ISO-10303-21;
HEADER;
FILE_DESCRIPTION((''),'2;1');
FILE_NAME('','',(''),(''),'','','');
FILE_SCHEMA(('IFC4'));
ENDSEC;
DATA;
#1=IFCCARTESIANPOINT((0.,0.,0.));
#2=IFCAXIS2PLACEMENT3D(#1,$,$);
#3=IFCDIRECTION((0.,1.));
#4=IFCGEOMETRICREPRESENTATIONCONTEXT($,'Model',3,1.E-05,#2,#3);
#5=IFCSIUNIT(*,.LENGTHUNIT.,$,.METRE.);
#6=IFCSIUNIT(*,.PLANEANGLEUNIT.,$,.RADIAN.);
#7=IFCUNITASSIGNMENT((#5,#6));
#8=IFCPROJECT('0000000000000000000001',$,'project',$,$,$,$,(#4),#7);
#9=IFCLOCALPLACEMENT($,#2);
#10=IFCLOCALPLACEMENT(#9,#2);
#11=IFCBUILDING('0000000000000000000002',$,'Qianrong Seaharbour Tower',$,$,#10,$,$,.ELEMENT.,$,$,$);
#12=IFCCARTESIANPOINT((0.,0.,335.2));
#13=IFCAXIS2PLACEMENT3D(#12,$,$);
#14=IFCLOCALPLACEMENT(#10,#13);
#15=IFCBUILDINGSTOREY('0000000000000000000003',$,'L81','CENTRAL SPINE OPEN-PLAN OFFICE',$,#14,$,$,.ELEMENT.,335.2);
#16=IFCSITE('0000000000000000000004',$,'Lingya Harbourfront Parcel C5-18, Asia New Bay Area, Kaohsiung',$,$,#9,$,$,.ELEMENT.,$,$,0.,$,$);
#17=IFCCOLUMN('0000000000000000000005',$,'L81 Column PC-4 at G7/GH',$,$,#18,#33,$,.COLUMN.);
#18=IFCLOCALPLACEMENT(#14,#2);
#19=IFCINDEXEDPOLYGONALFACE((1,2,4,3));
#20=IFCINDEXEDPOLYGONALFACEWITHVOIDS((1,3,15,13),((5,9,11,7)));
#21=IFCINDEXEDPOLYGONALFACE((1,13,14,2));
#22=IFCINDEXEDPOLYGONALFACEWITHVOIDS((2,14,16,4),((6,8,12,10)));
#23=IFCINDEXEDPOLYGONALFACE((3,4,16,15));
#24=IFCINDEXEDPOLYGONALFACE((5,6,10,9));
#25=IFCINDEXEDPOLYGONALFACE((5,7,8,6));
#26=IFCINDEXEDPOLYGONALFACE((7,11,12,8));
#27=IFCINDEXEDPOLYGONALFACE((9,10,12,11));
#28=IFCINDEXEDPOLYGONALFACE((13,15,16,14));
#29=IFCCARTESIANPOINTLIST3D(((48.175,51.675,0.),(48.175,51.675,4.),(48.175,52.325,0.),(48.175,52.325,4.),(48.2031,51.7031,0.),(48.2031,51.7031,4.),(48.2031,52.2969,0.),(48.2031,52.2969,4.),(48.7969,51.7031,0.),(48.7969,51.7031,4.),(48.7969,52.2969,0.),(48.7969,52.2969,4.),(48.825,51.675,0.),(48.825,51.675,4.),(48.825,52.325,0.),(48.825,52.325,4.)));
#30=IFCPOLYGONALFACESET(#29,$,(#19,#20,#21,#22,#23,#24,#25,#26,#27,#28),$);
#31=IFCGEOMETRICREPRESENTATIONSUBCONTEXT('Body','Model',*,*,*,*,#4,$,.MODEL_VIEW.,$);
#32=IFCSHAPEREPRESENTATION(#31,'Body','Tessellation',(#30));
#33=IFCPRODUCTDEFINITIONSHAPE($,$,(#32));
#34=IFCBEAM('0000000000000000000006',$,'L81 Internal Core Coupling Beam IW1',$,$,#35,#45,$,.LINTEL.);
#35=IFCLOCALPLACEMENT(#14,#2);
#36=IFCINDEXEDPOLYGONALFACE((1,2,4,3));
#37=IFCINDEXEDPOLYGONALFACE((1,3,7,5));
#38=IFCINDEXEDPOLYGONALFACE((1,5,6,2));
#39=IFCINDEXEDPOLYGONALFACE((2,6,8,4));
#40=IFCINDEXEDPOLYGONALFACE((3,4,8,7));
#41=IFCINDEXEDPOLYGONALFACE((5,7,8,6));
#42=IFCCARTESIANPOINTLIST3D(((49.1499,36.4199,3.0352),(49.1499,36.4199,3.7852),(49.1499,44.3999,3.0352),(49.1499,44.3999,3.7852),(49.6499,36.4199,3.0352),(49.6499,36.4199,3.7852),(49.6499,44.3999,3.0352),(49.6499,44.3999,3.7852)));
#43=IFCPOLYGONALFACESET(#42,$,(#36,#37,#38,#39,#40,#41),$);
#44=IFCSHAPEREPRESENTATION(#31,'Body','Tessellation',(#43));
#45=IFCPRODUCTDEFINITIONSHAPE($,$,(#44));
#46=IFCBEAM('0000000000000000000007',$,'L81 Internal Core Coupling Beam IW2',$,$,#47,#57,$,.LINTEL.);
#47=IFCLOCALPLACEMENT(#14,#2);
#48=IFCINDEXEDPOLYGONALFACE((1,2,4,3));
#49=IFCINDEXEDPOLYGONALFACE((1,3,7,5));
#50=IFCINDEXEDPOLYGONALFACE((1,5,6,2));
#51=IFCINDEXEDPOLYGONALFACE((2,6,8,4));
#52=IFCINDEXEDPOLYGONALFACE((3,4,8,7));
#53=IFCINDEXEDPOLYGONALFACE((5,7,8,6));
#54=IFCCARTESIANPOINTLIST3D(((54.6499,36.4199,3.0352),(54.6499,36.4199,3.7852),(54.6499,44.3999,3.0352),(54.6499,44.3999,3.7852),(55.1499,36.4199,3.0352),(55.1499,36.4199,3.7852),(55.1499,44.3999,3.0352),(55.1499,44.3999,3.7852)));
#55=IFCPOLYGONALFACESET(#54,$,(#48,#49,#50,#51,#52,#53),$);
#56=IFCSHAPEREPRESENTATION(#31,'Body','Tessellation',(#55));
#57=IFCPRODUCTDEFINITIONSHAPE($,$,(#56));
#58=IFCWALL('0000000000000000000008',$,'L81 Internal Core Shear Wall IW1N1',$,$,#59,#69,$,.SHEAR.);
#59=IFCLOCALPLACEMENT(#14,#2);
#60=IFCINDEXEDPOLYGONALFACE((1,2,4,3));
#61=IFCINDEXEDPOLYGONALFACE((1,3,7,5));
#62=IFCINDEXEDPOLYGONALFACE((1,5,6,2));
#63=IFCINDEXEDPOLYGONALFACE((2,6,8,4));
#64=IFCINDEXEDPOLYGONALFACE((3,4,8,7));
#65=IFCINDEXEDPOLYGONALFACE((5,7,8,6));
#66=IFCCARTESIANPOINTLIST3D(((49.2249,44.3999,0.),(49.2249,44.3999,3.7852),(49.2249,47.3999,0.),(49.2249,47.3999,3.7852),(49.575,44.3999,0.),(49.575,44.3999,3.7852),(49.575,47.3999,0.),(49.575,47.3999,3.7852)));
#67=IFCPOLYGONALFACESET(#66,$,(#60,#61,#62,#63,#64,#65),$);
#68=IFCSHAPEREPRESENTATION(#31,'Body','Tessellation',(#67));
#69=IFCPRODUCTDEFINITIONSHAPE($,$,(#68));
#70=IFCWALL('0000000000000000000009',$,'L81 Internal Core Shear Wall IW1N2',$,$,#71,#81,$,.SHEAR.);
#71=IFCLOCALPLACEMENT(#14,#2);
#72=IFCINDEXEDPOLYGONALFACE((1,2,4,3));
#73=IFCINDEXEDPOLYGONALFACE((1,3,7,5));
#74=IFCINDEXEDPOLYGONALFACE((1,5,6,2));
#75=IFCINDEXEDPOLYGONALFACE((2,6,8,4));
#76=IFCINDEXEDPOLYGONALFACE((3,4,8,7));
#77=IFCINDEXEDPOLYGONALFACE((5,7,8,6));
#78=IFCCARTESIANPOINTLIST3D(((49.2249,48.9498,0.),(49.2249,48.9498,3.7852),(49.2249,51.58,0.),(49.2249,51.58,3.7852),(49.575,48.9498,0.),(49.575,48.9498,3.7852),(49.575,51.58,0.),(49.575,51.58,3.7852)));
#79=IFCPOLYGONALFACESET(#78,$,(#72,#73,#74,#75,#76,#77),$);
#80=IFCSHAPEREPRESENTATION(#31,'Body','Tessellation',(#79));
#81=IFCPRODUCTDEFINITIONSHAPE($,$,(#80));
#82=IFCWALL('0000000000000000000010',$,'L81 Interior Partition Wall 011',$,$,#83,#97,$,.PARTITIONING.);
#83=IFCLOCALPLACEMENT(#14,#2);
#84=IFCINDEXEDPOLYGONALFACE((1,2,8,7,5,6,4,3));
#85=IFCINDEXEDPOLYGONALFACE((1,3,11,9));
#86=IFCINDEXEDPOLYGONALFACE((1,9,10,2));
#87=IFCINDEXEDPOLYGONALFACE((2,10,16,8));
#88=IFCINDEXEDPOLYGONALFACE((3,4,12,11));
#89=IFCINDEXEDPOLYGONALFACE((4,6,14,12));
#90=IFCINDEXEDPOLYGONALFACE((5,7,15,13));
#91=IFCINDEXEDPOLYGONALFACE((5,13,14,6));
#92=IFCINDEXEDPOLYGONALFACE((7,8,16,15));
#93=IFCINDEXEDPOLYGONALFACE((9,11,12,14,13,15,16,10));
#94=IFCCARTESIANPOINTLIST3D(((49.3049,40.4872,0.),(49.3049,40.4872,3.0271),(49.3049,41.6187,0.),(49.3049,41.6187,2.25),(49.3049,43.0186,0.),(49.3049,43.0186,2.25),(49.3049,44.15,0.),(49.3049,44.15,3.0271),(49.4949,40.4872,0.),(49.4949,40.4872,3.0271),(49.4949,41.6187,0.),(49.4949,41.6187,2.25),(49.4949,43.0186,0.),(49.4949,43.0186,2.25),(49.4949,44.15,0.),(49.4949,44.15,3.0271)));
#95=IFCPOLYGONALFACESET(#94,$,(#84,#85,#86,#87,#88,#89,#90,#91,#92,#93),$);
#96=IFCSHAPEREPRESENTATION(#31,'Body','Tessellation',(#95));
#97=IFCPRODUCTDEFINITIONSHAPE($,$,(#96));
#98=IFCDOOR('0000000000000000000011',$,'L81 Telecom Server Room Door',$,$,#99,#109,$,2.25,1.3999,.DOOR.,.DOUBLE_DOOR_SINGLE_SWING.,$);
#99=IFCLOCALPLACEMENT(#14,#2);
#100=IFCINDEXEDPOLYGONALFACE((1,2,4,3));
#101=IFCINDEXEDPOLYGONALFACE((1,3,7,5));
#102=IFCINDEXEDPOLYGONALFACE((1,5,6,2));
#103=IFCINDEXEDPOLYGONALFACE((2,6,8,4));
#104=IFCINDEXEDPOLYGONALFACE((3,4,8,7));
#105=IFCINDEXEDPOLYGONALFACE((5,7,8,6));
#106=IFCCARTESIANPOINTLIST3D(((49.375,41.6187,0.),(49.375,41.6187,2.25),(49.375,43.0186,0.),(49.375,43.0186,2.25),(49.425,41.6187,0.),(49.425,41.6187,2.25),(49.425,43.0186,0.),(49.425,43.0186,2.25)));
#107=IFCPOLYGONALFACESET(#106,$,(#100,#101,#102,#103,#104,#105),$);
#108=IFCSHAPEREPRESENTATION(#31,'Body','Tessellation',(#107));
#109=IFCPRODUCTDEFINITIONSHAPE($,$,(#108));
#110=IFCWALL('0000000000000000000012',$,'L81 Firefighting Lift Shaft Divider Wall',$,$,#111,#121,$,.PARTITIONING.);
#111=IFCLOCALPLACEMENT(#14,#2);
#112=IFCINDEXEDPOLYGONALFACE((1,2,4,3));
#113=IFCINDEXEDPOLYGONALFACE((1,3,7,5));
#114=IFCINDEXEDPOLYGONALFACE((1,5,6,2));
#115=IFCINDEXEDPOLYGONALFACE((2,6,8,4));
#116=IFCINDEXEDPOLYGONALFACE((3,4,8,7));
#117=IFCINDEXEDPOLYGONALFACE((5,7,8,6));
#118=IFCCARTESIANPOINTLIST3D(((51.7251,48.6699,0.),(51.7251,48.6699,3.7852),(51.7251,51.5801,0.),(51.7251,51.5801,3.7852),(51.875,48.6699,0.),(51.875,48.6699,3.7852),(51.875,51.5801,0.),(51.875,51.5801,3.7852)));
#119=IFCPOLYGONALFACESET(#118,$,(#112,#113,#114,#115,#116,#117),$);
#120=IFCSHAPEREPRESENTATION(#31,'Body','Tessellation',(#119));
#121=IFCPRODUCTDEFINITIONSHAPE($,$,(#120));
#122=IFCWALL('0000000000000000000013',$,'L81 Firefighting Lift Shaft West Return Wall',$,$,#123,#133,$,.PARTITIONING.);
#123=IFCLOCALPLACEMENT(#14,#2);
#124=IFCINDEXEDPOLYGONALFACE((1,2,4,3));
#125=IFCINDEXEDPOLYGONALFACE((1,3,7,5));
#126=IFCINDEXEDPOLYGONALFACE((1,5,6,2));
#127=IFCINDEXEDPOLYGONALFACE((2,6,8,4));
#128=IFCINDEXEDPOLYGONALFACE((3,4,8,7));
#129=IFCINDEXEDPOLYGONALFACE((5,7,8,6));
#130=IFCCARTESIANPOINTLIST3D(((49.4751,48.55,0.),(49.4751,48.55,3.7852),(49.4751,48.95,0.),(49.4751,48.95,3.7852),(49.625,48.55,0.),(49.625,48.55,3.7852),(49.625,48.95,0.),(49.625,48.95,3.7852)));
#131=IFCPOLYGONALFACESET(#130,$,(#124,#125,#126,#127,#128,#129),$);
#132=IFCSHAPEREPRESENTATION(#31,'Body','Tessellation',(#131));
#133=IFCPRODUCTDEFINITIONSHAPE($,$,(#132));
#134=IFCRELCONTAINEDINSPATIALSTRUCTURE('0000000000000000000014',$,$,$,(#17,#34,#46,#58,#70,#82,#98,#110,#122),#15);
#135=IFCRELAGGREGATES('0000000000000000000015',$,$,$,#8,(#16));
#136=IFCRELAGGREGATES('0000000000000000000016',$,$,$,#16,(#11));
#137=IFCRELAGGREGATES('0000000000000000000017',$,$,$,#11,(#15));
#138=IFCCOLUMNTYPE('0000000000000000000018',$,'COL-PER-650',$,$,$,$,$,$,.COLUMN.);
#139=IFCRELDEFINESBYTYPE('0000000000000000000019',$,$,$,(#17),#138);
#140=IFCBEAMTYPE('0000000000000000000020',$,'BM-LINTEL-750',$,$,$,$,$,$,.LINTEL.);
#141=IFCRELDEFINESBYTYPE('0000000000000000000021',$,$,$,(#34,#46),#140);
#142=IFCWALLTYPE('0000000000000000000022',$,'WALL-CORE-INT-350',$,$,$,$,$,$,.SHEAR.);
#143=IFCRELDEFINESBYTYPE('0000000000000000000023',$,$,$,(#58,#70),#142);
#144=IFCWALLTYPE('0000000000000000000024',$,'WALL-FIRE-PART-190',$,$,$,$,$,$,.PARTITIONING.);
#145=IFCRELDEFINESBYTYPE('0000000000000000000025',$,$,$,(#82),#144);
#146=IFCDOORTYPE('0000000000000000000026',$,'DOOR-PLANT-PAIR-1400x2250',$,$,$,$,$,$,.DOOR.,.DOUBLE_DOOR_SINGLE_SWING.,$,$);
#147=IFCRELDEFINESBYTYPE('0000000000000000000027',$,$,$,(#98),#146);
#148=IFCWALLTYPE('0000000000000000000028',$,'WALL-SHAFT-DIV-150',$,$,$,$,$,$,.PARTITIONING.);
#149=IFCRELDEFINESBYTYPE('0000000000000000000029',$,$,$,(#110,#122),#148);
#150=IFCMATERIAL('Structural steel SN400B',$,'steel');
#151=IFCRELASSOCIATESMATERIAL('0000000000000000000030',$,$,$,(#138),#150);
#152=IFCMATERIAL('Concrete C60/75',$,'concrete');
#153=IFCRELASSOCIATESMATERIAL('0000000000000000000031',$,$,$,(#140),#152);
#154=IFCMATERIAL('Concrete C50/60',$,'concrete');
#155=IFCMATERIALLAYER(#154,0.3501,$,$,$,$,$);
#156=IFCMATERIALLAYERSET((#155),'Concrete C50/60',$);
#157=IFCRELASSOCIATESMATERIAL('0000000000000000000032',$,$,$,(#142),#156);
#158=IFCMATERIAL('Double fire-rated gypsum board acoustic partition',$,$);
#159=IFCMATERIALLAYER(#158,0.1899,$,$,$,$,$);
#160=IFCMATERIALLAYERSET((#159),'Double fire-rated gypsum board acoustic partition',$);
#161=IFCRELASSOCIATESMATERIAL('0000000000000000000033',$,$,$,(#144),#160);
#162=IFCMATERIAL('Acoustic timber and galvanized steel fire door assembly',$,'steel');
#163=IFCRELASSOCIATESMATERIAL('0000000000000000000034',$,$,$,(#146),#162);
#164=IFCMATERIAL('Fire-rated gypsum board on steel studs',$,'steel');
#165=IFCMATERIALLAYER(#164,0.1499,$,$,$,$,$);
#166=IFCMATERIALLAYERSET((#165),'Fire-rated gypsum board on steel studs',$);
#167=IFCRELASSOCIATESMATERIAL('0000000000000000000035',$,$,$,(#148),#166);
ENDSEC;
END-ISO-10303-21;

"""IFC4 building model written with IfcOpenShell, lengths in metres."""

from ifc_helpers import new_model, si_unit, direction, frame, frame_2d, origin, origin_2d, place, context, subcontext, project, spatial, rectangle, hollow_rectangle, extrude, material, layer, layer_set, material_profile, profile_set, type_object, element, fill, save


model = new_model("IFC4")

# Units and contexts
model_context = context("Model", 3, precision=1e-05, world=origin(), true_north=direction((0.0, 1.0)))
body_context = subcontext(model_context, "Body", "Model", "MODEL_VIEW")
ifc_project = project(units=[si_unit("LENGTHUNIT", "METRE"), si_unit("PLANEANGLEUNIT", "RADIAN")], contexts=[model_context])

# Site, building, storey
site_placement = place(None, origin())
site = spatial("IfcSite", under=ifc_project, at=site_placement, Name="Lingya Harbourfront Parcel C5-18, Asia New Bay Area, Kaohsiung", CompositionType="ELEMENT", RefElevation=0.0)
building_placement = place(site_placement, origin())
building = spatial("IfcBuilding", under=site, at=building_placement, Name="Qianrong Seaharbour Tower", CompositionType="ELEMENT")
storey_placement = place(building_placement, frame((0.0, 0.0, 335.2)))
storey = spatial("IfcBuildingStorey", under=building, at=storey_placement, Name="L81", Description="CENTRAL SPINE OPEN-PLAN OFFICE", CompositionType="ELEMENT", Elevation=335.2)

# Column
ifc_material_1 = material(Name="Structural steel SN400B", Category="steel")
ifc_material_profile_1 = material_profile(ifc_material_1, hollow_rectangle(XDim=0.6499, YDim=0.6499, WallThickness=0.0281, at=origin_2d()), Name="BOX650x650x28")
ifc_profile_set_1 = profile_set([ifc_material_profile_1], Name="Structural steel SN400B")
column_type = type_object("IfcColumnType", Name="COL-PER-650", PredefinedType="COLUMN", material=ifc_profile_set_1)
column_placement = place(storey_placement, frame((48.5, 52.0, 0.0), z_axis=(0.0, 0.0, 1.0), x_axis=(1.0, 0.0, 0.0)))
element("IfcColumn", 1, at=column_placement, inside=storey, type_object=column_type, Name="L81 Column PC-4 at G7/GH", PredefinedType="COLUMN", context=body_context, shape_type="SweptSolid", body=[
    extrude(hollow_rectangle(XDim=0.6499, YDim=0.6499, WallThickness=0.0281, at=origin_2d()), origin(), (0.0, 0.0, 1.0), 4.0),
])

# Beams
ifc_material_2 = material(Name="Concrete C60/75", Category="concrete")
ifc_material_profile_2 = material_profile(ifc_material_2, rectangle(XDim=0.5, YDim=0.75, at=origin_2d()), Name="RC500x750")
ifc_profile_set_2 = profile_set([ifc_material_profile_2], Name="Concrete C60/75")
beam_type = type_object("IfcBeamType", Name="BM-LINTEL-750", PredefinedType="LINTEL", material=ifc_profile_set_2)
for number, where, z_axis, x_axis, name in (
    (2, (49.3999, 36.4199, 3.4102), (0.0, 1.0, 0.0), (-1.0, 0.0, 0.0), "L81 Internal Core Coupling Beam IW1"),
    (3, (54.8999, 36.4199, 3.4102), (0.0, 1.0, 0.0), (-1.0, 0.0, 0.0), "L81 Internal Core Coupling Beam IW2"),
):
    element("IfcBeam", number, at=place(storey_placement, frame(where, z_axis=z_axis, x_axis=x_axis)), inside=storey, type_object=beam_type, Name=name, PredefinedType="LINTEL", context=body_context, shape_type="SweptSolid", body=[
        extrude(rectangle(XDim=0.5, YDim=0.75, at=origin_2d()), origin(), (0.0, 0.0, 1.0), 7.98),
    ])

# Walls
ifc_material_3 = material(Name="Concrete C50/60", Category="concrete")
ifc_layer_1 = layer(ifc_material_3, 0.3501)
ifc_layer_set_1 = layer_set([ifc_layer_1], Name="Concrete C50/60")
wall_type_1 = type_object("IfcWallType", Name="WALL-CORE-INT-350", PredefinedType="SHEAR", material=ifc_layer_set_1)
wall_1_placement = place(storey_placement, frame((49.3999, 44.3999, 0.0), z_axis=(0.0, 0.0, 1.0), x_axis=(0.0, 1.0, 0.0)))
element("IfcWall", 4, at=wall_1_placement, inside=storey, type_object=wall_type_1, Name="L81 Internal Core Shear Wall IW1N1", PredefinedType="SHEAR", context=body_context, shape_type="SweptSolid", body=[
    extrude(rectangle(XDim=3.0, YDim=0.3501, at=frame_2d((1.5, 0.0))), origin(), (0.0, 0.0, 1.0), 3.7852),
])
wall_2_placement = place(storey_placement, frame((49.3999, 48.95, 0.0), z_axis=(0.0, 0.0, 1.0), x_axis=(0.0, 1.0, 0.0)))
element("IfcWall", 5, at=wall_2_placement, inside=storey, type_object=wall_type_1, Name="L81 Internal Core Shear Wall IW1N2", PredefinedType="SHEAR", context=body_context, shape_type="SweptSolid", body=[
    extrude(rectangle(XDim=2.6301, YDim=0.3501, at=frame_2d((1.3149, 0.0))), origin(), (0.0, 0.0, 1.0), 3.7852),
])

# Wall, opening, door
ifc_material_4 = material(Name="Acoustic timber and galvanized steel fire door assembly", Category="steel")
ifc_material_5 = material(Name="Double fire-rated gypsum board acoustic partition")
ifc_layer_2 = layer(ifc_material_5, 0.1899)
ifc_layer_set_2 = layer_set([ifc_layer_2], Name="Double fire-rated gypsum board acoustic partition")
wall_type_2 = type_object("IfcWallType", Name="WALL-FIRE-PART-190", PredefinedType="PARTITIONING", material=ifc_layer_set_2)
wall_3_placement = place(storey_placement, frame((49.3999, 40.4871, 0.0), z_axis=(0.0, 0.0, 1.0), x_axis=(0.0, 1.0, 0.0)))
wall_3 = element("IfcWall", 6, at=wall_3_placement, inside=storey, type_object=wall_type_2, Name="L81 Interior Partition Wall 011", PredefinedType="PARTITIONING", context=body_context, shape_type="SweptSolid", body=[
    extrude(rectangle(XDim=3.6628, YDim=0.1899, at=frame_2d((1.8315, 0.0))), origin(), (0.0, 0.0, 1.0), 3.0271),
])
opening_1_placement = place(wall_3_placement, frame((1.1316, 0.0, 0.0)))
opening_1 = element("IfcOpeningElement", 7, at=opening_1_placement, cuts=wall_3, PredefinedType="OPENING", context=body_context, shape_type="SweptSolid", body=[
    extrude(rectangle(XDim=1.3999, YDim=2.25, at=frame_2d((0.7, 1.125))), frame((0.0, 0.105, 0.0), z_axis=(0.0, -1.0, 0.0), x_axis=(1.0, 0.0, 0.0)), (0.0, 0.0, 1.0), 0.21),
])
door_type_1 = type_object("IfcDoorType", Name="DOOR-PLANT-PAIR-1400x2250", OperationType="DOUBLE_DOOR_SINGLE_SWING", PredefinedType="DOOR", material=ifc_material_4)
door_1_placement = place(opening_1_placement, origin())
door_1 = element("IfcDoor", 8, at=door_1_placement, inside=storey, type_object=door_type_1, Name="L81 Telecom Server Room Door", OperationType="DOUBLE_DOOR_SINGLE_SWING", OverallHeight=2.25, OverallWidth=1.3999, PredefinedType="DOOR", context=body_context, shape_type="SweptSolid", body=[
    extrude(rectangle(XDim=1.3999, YDim=2.25, at=frame_2d((0.7, 1.125))), frame((0.0, 0.0249, 0.0), z_axis=(0.0, -1.0, 0.0), x_axis=(1.0, 0.0, 0.0)), (0.0, 0.0, 1.0), 0.05),
])
fill(opening_1, door_1)

# Walls
ifc_material_6 = material(Name="Fire-rated gypsum board on steel studs", Category="steel")
ifc_layer_3 = layer(ifc_material_6, 0.1499)
ifc_layer_set_3 = layer_set([ifc_layer_3], Name="Fire-rated gypsum board on steel studs")
wall_type_3 = type_object("IfcWallType", Name="WALL-SHAFT-DIV-150", PredefinedType="PARTITIONING", material=ifc_layer_set_3)
wall_4_placement = place(storey_placement, frame((51.8, 48.6699, 0.0), z_axis=(0.0, 0.0, 1.0), x_axis=(0.0, 1.0, 0.0)))
element("IfcWall", 9, at=wall_4_placement, inside=storey, type_object=wall_type_3, Name="L81 Firefighting Lift Shaft Divider Wall", PredefinedType="PARTITIONING", context=body_context, shape_type="SweptSolid", body=[
    extrude(rectangle(XDim=2.9102, YDim=0.1499, at=frame_2d((1.4551, 0.0))), origin(), (0.0, 0.0, 1.0), 3.7852),
])
wall_5_placement = place(storey_placement, frame((49.55, 48.55, 0.0), z_axis=(0.0, 0.0, 1.0), x_axis=(0.0, 1.0, 0.0)))
element("IfcWall", 10, at=wall_5_placement, inside=storey, type_object=wall_type_3, Name="L81 Firefighting Lift Shaft West Return Wall", PredefinedType="PARTITIONING", context=body_context, shape_type="SweptSolid", body=[
    extrude(rectangle(XDim=0.3999, YDim=0.1499, at=frame_2d((0.2, 0.0))), origin(), (0.0, 0.0, 1.0), 3.7852),
])

save(model, "model.ifc")
